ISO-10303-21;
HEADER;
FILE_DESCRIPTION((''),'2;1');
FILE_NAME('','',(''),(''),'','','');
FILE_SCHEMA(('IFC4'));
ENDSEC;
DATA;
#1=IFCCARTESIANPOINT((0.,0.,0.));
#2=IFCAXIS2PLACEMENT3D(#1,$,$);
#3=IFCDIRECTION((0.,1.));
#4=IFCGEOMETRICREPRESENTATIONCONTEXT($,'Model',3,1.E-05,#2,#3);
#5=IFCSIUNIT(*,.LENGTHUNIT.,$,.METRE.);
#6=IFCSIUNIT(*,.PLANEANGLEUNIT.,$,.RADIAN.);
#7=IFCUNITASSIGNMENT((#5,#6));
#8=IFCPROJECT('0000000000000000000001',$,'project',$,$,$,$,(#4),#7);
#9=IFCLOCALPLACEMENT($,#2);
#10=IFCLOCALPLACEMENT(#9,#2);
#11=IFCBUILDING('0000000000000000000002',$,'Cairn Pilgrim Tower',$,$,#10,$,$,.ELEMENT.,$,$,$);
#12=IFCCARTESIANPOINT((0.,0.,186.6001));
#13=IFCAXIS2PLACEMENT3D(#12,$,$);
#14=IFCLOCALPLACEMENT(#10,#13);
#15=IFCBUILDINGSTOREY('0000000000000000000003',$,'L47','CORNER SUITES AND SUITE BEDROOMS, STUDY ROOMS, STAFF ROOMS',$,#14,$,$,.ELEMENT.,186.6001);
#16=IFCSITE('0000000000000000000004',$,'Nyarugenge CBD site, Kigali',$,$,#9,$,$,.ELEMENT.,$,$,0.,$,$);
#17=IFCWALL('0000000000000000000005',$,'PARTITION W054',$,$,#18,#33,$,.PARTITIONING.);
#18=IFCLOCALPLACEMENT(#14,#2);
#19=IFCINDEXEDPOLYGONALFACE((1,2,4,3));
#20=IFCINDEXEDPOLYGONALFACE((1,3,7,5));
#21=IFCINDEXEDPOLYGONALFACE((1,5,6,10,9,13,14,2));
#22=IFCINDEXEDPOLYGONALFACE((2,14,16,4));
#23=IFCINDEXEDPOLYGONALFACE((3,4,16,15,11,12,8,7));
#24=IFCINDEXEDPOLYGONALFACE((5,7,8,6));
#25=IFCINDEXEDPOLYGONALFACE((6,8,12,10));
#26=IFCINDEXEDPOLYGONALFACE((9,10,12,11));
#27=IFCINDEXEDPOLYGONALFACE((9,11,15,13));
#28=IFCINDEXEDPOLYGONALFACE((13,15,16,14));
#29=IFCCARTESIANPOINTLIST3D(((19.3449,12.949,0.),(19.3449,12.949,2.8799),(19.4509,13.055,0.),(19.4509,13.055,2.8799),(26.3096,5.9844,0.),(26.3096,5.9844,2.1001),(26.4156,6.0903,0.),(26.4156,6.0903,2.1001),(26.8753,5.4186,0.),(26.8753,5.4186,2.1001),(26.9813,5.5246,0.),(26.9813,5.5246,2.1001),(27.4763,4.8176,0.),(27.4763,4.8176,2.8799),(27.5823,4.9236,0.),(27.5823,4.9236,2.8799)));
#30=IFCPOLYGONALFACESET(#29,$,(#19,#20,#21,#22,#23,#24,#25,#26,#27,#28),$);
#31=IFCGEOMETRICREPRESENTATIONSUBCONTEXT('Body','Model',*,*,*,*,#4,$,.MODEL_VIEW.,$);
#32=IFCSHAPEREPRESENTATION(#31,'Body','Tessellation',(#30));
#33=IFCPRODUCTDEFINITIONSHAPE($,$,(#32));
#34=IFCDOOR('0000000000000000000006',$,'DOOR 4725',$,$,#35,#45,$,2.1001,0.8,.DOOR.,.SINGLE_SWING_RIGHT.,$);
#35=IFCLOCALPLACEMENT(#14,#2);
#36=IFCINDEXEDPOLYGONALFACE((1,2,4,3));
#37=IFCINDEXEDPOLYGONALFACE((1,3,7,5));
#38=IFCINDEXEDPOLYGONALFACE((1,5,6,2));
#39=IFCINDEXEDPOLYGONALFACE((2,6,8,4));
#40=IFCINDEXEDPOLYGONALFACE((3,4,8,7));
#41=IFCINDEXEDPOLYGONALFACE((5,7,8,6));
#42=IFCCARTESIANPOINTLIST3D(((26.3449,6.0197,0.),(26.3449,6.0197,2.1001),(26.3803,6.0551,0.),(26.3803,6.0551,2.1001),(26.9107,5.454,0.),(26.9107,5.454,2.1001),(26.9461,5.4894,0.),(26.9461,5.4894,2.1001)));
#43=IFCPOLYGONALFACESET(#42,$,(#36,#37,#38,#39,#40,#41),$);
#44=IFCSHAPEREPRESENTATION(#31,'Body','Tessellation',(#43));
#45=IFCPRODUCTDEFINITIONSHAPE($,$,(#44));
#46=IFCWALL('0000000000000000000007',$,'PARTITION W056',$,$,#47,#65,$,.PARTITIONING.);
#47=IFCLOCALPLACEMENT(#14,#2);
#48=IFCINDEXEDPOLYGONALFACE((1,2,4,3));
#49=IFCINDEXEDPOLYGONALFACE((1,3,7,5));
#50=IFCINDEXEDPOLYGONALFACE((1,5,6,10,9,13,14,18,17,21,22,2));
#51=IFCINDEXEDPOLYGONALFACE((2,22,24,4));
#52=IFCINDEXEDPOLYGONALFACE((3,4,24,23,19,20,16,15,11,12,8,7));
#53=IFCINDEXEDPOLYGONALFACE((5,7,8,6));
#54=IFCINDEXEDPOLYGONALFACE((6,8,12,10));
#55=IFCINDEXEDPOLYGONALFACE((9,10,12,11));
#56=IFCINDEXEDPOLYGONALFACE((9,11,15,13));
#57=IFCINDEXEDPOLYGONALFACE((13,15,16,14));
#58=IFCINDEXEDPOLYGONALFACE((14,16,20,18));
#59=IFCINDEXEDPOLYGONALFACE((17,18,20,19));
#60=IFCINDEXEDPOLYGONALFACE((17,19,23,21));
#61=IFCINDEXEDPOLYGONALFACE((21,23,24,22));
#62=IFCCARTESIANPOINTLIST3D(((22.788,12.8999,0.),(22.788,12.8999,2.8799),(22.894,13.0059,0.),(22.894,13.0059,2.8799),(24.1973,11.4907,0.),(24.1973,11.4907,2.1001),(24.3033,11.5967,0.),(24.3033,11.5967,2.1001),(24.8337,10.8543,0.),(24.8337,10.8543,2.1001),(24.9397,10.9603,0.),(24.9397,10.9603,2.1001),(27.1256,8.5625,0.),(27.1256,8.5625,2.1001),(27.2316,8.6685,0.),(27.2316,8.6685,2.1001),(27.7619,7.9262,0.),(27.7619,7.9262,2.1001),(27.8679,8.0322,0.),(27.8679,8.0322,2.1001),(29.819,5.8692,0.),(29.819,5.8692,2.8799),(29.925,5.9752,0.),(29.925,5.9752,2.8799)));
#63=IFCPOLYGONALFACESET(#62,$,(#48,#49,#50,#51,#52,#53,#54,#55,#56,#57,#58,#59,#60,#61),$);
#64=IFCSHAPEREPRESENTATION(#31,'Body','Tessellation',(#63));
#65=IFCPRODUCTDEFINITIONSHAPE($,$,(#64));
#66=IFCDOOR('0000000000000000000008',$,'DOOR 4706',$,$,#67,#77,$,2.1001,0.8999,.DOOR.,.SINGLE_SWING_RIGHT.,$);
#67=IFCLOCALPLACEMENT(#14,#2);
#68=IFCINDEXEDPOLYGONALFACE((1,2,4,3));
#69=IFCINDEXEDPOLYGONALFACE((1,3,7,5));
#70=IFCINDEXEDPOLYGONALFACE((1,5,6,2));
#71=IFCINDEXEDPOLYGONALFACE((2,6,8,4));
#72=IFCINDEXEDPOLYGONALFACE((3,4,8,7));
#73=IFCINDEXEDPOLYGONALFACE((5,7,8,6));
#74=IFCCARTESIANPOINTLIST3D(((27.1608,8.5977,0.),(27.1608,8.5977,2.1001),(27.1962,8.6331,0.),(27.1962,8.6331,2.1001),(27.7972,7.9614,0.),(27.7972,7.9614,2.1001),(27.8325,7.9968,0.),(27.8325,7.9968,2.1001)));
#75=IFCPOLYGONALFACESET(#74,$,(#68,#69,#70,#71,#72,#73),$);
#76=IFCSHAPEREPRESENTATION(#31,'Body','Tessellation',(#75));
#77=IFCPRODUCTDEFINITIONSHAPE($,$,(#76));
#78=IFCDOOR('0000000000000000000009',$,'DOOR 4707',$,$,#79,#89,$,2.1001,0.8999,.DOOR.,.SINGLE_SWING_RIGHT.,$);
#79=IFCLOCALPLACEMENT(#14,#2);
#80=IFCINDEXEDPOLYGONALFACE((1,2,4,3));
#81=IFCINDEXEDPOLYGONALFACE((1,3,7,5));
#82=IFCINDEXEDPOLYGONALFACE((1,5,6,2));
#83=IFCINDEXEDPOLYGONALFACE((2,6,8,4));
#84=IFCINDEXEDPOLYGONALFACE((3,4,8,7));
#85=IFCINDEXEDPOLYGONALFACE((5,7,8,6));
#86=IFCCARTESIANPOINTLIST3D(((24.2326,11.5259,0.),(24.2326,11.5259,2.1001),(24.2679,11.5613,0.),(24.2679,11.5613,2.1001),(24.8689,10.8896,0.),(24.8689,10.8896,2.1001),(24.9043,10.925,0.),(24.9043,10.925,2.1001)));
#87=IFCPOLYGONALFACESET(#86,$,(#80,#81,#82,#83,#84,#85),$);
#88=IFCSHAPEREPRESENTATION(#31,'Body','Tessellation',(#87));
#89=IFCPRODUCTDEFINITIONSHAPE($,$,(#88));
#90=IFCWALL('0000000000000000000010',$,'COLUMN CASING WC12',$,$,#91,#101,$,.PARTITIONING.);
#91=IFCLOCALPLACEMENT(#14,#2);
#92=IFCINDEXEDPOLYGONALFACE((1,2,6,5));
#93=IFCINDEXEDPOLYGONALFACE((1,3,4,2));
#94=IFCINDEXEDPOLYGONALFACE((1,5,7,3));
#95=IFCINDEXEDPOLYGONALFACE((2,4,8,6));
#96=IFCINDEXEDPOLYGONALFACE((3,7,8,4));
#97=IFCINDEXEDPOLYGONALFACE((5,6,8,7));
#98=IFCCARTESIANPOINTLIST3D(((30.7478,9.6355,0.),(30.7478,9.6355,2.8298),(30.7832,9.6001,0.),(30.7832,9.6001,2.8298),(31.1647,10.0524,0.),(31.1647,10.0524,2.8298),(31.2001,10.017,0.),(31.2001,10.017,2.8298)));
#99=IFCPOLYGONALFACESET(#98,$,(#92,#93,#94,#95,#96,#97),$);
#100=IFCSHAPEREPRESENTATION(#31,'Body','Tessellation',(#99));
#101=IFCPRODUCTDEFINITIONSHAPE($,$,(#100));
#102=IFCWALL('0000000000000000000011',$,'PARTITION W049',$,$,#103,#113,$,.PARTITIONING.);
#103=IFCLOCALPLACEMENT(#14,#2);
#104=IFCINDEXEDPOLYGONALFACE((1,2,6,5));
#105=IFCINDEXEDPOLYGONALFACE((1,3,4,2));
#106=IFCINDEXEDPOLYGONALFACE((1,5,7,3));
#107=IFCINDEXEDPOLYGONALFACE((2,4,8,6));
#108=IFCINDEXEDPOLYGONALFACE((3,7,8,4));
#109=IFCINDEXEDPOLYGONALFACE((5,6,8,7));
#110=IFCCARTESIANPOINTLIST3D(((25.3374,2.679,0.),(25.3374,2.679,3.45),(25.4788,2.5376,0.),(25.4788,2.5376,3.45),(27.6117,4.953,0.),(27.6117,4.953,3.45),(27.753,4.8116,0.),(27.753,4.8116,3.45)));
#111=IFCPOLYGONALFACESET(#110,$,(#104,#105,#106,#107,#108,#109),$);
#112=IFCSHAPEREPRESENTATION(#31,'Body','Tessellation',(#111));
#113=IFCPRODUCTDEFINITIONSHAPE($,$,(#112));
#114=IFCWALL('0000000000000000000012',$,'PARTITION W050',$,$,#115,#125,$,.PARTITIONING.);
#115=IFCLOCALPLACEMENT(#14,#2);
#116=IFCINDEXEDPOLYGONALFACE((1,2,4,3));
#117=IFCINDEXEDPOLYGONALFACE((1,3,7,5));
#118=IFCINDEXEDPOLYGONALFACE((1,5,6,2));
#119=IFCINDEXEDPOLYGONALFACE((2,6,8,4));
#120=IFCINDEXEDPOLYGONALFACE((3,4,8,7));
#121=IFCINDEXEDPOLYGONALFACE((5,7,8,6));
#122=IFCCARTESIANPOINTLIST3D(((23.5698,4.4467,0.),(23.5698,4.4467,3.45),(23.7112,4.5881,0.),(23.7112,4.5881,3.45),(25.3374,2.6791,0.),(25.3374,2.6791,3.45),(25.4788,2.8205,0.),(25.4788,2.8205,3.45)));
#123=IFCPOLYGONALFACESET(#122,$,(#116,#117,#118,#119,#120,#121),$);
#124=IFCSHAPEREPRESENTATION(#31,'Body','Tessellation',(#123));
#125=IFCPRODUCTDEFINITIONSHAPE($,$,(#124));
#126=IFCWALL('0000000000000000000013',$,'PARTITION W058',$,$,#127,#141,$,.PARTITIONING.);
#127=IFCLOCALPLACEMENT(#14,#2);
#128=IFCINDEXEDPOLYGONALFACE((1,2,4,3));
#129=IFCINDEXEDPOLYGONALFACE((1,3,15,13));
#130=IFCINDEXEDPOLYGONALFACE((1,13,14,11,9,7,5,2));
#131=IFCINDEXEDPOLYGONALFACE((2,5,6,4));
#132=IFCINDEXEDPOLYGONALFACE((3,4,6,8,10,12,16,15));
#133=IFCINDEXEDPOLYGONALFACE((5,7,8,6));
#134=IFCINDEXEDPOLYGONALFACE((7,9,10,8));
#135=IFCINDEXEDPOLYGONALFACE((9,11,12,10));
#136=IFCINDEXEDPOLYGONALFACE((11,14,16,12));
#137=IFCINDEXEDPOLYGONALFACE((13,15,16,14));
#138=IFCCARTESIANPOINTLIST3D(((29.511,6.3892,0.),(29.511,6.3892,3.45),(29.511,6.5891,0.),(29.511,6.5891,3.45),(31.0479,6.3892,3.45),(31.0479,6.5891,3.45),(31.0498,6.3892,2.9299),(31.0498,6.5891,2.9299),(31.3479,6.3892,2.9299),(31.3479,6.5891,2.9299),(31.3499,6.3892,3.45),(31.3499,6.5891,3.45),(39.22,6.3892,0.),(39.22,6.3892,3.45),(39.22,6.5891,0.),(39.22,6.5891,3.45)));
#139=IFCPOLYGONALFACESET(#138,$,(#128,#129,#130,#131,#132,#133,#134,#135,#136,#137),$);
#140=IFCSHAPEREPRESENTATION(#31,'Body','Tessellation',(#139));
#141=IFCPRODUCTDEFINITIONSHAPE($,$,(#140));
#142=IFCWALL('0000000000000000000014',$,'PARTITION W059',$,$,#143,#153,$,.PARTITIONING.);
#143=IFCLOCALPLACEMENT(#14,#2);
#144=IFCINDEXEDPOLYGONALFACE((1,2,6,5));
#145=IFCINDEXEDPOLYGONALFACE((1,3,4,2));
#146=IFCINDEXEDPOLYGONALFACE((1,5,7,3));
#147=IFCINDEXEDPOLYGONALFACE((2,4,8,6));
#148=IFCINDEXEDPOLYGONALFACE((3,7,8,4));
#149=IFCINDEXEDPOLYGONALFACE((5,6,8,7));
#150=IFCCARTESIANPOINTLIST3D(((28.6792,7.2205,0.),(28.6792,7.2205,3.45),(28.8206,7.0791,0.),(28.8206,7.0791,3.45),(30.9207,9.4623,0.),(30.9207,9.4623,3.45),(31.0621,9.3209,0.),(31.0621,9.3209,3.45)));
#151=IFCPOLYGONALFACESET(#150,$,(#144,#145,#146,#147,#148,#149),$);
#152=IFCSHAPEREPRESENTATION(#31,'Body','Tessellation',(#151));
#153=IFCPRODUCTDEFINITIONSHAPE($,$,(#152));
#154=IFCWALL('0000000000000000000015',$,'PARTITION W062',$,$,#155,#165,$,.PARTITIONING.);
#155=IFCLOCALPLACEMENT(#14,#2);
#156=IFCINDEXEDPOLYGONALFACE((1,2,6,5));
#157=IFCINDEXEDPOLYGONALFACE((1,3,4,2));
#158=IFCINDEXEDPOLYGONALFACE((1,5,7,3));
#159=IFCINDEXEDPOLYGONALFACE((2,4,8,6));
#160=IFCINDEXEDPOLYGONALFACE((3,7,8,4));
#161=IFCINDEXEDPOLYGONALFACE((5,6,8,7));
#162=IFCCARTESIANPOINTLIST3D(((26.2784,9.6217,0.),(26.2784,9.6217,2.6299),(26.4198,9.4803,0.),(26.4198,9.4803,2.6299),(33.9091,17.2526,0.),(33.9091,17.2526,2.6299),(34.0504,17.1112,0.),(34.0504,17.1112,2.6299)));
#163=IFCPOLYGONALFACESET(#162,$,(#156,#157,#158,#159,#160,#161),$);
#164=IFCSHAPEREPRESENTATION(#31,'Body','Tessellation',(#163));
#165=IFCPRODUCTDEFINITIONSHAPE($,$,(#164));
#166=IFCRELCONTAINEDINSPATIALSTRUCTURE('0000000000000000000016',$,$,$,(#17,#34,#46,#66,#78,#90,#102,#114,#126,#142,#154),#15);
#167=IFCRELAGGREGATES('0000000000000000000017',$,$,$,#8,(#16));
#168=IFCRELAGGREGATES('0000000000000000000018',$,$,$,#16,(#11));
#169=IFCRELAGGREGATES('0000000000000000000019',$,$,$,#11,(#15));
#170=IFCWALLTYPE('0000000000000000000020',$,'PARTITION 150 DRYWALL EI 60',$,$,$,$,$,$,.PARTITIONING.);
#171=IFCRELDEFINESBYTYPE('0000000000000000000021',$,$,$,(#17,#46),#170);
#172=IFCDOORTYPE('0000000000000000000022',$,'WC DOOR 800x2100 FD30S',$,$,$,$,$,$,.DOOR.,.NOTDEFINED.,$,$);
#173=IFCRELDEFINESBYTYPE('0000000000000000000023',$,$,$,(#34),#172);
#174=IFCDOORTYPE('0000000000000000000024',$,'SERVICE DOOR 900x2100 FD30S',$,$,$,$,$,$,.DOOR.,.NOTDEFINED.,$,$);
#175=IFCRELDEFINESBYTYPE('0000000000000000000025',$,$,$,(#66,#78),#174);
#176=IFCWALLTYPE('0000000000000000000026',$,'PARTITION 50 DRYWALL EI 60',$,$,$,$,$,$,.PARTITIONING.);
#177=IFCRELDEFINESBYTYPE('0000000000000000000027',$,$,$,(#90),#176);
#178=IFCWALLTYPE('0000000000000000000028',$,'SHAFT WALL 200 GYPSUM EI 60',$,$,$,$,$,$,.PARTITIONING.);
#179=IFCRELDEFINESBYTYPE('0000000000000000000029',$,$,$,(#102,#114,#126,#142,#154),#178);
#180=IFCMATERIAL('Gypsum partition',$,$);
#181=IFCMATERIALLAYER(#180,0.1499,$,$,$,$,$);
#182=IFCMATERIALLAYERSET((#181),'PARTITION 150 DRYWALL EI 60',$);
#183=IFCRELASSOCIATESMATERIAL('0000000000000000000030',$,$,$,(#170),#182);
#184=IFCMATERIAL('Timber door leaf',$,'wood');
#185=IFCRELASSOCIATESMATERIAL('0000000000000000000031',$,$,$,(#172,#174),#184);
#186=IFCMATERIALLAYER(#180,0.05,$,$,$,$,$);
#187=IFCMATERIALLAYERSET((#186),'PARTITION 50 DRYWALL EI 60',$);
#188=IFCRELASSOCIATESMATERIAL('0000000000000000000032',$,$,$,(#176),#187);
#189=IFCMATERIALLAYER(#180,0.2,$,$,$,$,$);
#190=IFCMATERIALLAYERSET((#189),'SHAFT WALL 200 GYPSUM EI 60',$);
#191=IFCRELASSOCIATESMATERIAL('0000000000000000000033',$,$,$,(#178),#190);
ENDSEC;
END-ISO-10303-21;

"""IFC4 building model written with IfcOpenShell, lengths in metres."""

from ifc_helpers import new_model, si_unit, direction, frame, frame_2d, origin, place, context, subcontext, project, spatial, polyline, rectangle, outline, extrude, material, layer, layer_set, type_object, element, fill, save


model = new_model("IFC4")

# Units and contexts
model_context = context("Model", 3, precision=1e-05, world=origin(), true_north=direction((0.0, 1.0)))
body_context = subcontext(model_context, "Body", "Model", "MODEL_VIEW")
ifc_project = project(units=[si_unit("LENGTHUNIT", "METRE"), si_unit("PLANEANGLEUNIT", "RADIAN")], contexts=[model_context])

# Site, building, storey
site_placement = place(None, origin())
site = spatial("IfcSite", under=ifc_project, at=site_placement, Name="Nyarugenge CBD site, Kigali", CompositionType="ELEMENT", RefElevation=0.0)
building_placement = place(site_placement, origin())
building = spatial("IfcBuilding", under=site, at=building_placement, Name="Cairn Pilgrim Tower", CompositionType="ELEMENT")
storey_placement = place(building_placement, frame((0.0, 0.0, 186.6001)))
storey = spatial("IfcBuildingStorey", under=building, at=storey_placement, Name="L47", Description="CORNER SUITES AND SUITE BEDROOMS, STUDY ROOMS, STAFF ROOMS", CompositionType="ELEMENT", Elevation=186.6001)

# Shared definitions
ifc_material_1 = material(Name="Gypsum partition")

# Wall, opening, door
ifc_layer_1 = layer(ifc_material_1, 0.1499)
ifc_layer_set_1 = layer_set([ifc_layer_1], Name="PARTITION 150 DRYWALL EI 60")
wall_type_1 = type_object("IfcWallType", Name="PARTITION 150 DRYWALL EI 60", PredefinedType="PARTITIONING", material=ifc_layer_set_1)
wall_1_placement = place(storey_placement, frame((27.5293, 4.8706, 0.0), z_axis=(0.0, 0.0, 1.0), x_axis=(-0.707107, 0.707107, 0.0)))
wall_1 = element("IfcWall", 1, at=wall_1_placement, inside=storey, type_object=wall_type_1, Name="PARTITION W054", PredefinedType="PARTITIONING", context=body_context, shape_type="SweptSolid", body=[
    extrude(rectangle(XDim=11.4995, YDim=0.1499, at=frame_2d((5.7498, 0.0))), origin(), (0.0, 0.0, 1.0), 2.8799),
])
opening_1_placement = place(wall_1_placement, frame((0.8501, 0.0, 0.0)))
opening_1 = element("IfcOpeningElement", 2, at=opening_1_placement, cuts=wall_1, PredefinedType="OPENING", context=body_context, shape_type="SweptSolid", body=[
    extrude(rectangle(XDim=0.8, YDim=2.1001, at=frame_2d((0.3999, 1.05))), frame((0.0, 0.085, 0.0), z_axis=(0.0, -1.0, 0.0), x_axis=(1.0, 0.0, 0.0)), (0.0, 0.0, 1.0), 0.1699),
])
ifc_material_2 = material(Name="Timber door leaf", Category="wood")
door_type_1 = type_object("IfcDoorType", Name="WC DOOR 800x2100 FD30S", OperationType="NOTDEFINED", PredefinedType="DOOR", material=ifc_material_2)
door_1_placement = place(opening_1_placement, origin())
door_1 = element("IfcDoor", 3, at=door_1_placement, inside=storey, type_object=door_type_1, Name="DOOR 4725", OperationType="SINGLE_SWING_RIGHT", OverallHeight=2.1001, OverallWidth=0.8, PredefinedType="DOOR", context=body_context, shape_type="SweptSolid", body=[
    extrude(rectangle(XDim=0.8, YDim=2.1001, at=frame_2d((0.3999, 1.05))), frame((0.0, 0.0249, 0.0), z_axis=(0.0, -1.0, 0.0), x_axis=(1.0, 0.0, 0.0)), (0.0, 0.0, 1.0), 0.05),
])
fill(opening_1, door_1)

# Wall, openings, doors
wall_2_placement = place(storey_placement, frame((29.8721, 5.9221, 0.0), z_axis=(0.0, 0.0, 1.0), x_axis=(-0.707119, 0.707095, 0.0)))
wall_2 = element("IfcWall", 4, at=wall_2_placement, inside=storey, type_object=wall_type_1, Name="PARTITION W056", PredefinedType="PARTITIONING", context=body_context, shape_type="SweptSolid", body=[
    extrude(rectangle(XDim=9.9431, YDim=0.1499, at=frame_2d((4.9717, 0.0))), origin(), (0.0, 0.0, 1.0), 2.8799),
])
opening_2_placement = place(wall_2_placement, frame((2.9092, 0.0, 0.0)))
opening_2 = element("IfcOpeningElement", 5, at=opening_2_placement, cuts=wall_2, PredefinedType="OPENING", context=body_context, shape_type="SweptSolid", body=[
    extrude(rectangle(XDim=0.8999, YDim=2.1001, at=frame_2d((0.45, 1.05))), frame((0.0, 0.085, 0.0), z_axis=(0.0, -1.0, 0.0), x_axis=(1.0, 0.0, 0.0)), (0.0, 0.0, 1.0), 0.1699),
])
opening_3_placement = place(wall_2_placement, frame((7.0503, 0.0, 0.0)))
opening_3 = element("IfcOpeningElement", 6, at=opening_3_placement, cuts=wall_2, PredefinedType="OPENING", context=body_context, shape_type="SweptSolid", body=[
    extrude(rectangle(XDim=0.8999, YDim=2.1001, at=frame_2d((0.45, 1.05))), frame((0.0, 0.085, 0.0), z_axis=(0.0, -1.0, 0.0), x_axis=(1.0, 0.0, 0.0)), (0.0, 0.0, 1.0), 0.1699),
])
door_type_2 = type_object("IfcDoorType", Name="SERVICE DOOR 900x2100 FD30S", OperationType="NOTDEFINED", PredefinedType="DOOR", material=ifc_material_2)
door_2_placement = place(opening_2_placement, frame((0.8999, 0.0, 0.0), z_axis=(0.0, 0.0, 1.0), x_axis=(-1.0, 0.0, 0.0)))
door_2 = element("IfcDoor", 7, at=door_2_placement, inside=storey, type_object=door_type_2, Name="DOOR 4706", OperationType="SINGLE_SWING_RIGHT", OverallHeight=2.1001, OverallWidth=0.8999, PredefinedType="DOOR", context=body_context, shape_type="SweptSolid", body=[
    extrude(rectangle(XDim=0.8999, YDim=2.1001, at=frame_2d((0.45, 1.05))), frame((0.0, 0.0249, 0.0), z_axis=(0.0, -1.0, 0.0), x_axis=(1.0, 0.0, 0.0)), (0.0, 0.0, 1.0), 0.05),
])
fill(opening_2, door_2)
door_3_placement = place(opening_3_placement, frame((0.8999, 0.0, 0.0), z_axis=(0.0, 0.0, 1.0), x_axis=(-1.0, 0.0, 0.0)))
door_3 = element("IfcDoor", 8, at=door_3_placement, inside=storey, type_object=door_type_2, Name="DOOR 4707", OperationType="SINGLE_SWING_RIGHT", OverallHeight=2.1001, OverallWidth=0.8999, PredefinedType="DOOR", context=body_context, shape_type="SweptSolid", body=[
    extrude(rectangle(XDim=0.8999, YDim=2.1001, at=frame_2d((0.45, 1.05))), frame((0.0, 0.0249, 0.0), z_axis=(0.0, -1.0, 0.0), x_axis=(1.0, 0.0, 0.0)), (0.0, 0.0, 1.0), 0.05),
])
fill(opening_3, door_3)

# Walls
ifc_layer_2 = layer(ifc_material_1, 0.05)
ifc_layer_set_2 = layer_set([ifc_layer_2], Name="PARTITION 50 DRYWALL EI 60")
wall_type_2 = type_object("IfcWallType", Name="PARTITION 50 DRYWALL EI 60", PredefinedType="PARTITIONING", material=ifc_layer_set_2)
wall_3_placement = place(storey_placement, frame((30.7654, 9.6177, 0.0), z_axis=(0.0, 0.0, 1.0), x_axis=(0.707107, 0.707107, 0.0)))
element("IfcWall", 9, at=wall_3_placement, inside=storey, type_object=wall_type_2, Name="COLUMN CASING WC12", PredefinedType="PARTITIONING", context=body_context, shape_type="SweptSolid", body=[
    extrude(rectangle(XDim=0.5896, YDim=0.05, at=frame_2d((0.2949, 0.0))), origin(), (0.0, 0.0, 1.0), 2.8298),
])
ifc_layer_3 = layer(ifc_material_1, 0.2)
ifc_layer_set_3 = layer_set([ifc_layer_3], Name="SHAFT WALL 200 GYPSUM EI 60")
wall_type_3 = type_object("IfcWallType", Name="SHAFT WALL 200 GYPSUM EI 60", PredefinedType="PARTITIONING", material=ifc_layer_set_3)
wall_4_placement = place(storey_placement, frame((25.4082, 2.6084, 0.0), z_axis=(0.0, 0.0, 1.0), x_axis=(0.707145, 0.707069, 0.0)))
element("IfcWall", 10, at=wall_4_placement, inside=storey, type_object=wall_type_3, Name="PARTITION W049", PredefinedType="PARTITIONING", context=body_context, shape_type="SweptSolid", body=[
    extrude(rectangle(XDim=3.2161, YDim=0.2, at=frame_2d((1.6079, 0.0))), origin(), (0.0, 0.0, 1.0), 3.45),
])
wall_5_placement = place(storey_placement, frame((25.4082, 2.7498, 0.0), z_axis=(0.0, 0.0, 1.0), x_axis=(-0.707107, 0.707107, 0.0)))
element("IfcWall", 11, at=wall_5_placement, inside=storey, type_object=wall_type_3, Name="PARTITION W050", PredefinedType="PARTITIONING", context=body_context, shape_type="SweptSolid", body=[
    extrude(rectangle(XDim=2.4998, YDim=0.2, at=frame_2d((1.25, 0.0))), origin(), (0.0, 0.0, 1.0), 3.45),
])
wall_6_placement = place(storey_placement, frame((29.511, 6.489, 0.0), z_axis=(0.0, 0.0, 1.0), x_axis=(1.0, 0.0, 0.0)))
element("IfcWall", 12, at=wall_6_placement, inside=storey, type_object=wall_type_3, Name="PARTITION W058", PredefinedType="PARTITIONING", context=body_context, shape_type="SweptSolid", body=[
    extrude(outline(polyline([(0.0, 0.0), (9.709, 0.0), (9.709, 3.45), (1.8389, 3.45), (1.8369, 2.9299), (1.5388, 2.9299), (1.5369, 3.45), (0.0, 3.45), (0.0, 0.0)])), frame((0.0, 0.1001, 0.0), z_axis=(0.0, -1.0, 0.0), x_axis=(1.0, 0.0, 0.0)), (0.0, 0.0, 1.0), 0.2),
])
wall_7_placement = place(storey_placement, frame((28.75, 7.1499, 0.0), z_axis=(0.0, 0.0, 1.0), x_axis=(0.707068, 0.707145, 0.0)))
element("IfcWall", 13, at=wall_7_placement, inside=storey, type_object=wall_type_3, Name="PARTITION W059", PredefinedType="PARTITIONING", context=body_context, shape_type="SweptSolid", body=[
    extrude(rectangle(XDim=3.1702, YDim=0.2, at=frame_2d((1.585, 0.0))), origin(), (0.0, 0.0, 1.0), 3.45),
])
wall_8_placement = place(storey_placement, frame((26.3491, 9.551, 0.0), z_axis=(0.0, 0.0, 1.0), x_axis=(0.707095, 0.707118, 0.0)))
element("IfcWall", 14, at=wall_8_placement, inside=storey, type_object=wall_type_3, Name="PARTITION W062", PredefinedType="PARTITIONING", context=body_context, shape_type="SweptSolid", body=[
    extrude(rectangle(XDim=10.7915, YDim=0.2, at=frame_2d((5.3958, 0.0))), origin(), (0.0, 0.0, 1.0), 2.6299),
])

save(model, "model.ifc")
